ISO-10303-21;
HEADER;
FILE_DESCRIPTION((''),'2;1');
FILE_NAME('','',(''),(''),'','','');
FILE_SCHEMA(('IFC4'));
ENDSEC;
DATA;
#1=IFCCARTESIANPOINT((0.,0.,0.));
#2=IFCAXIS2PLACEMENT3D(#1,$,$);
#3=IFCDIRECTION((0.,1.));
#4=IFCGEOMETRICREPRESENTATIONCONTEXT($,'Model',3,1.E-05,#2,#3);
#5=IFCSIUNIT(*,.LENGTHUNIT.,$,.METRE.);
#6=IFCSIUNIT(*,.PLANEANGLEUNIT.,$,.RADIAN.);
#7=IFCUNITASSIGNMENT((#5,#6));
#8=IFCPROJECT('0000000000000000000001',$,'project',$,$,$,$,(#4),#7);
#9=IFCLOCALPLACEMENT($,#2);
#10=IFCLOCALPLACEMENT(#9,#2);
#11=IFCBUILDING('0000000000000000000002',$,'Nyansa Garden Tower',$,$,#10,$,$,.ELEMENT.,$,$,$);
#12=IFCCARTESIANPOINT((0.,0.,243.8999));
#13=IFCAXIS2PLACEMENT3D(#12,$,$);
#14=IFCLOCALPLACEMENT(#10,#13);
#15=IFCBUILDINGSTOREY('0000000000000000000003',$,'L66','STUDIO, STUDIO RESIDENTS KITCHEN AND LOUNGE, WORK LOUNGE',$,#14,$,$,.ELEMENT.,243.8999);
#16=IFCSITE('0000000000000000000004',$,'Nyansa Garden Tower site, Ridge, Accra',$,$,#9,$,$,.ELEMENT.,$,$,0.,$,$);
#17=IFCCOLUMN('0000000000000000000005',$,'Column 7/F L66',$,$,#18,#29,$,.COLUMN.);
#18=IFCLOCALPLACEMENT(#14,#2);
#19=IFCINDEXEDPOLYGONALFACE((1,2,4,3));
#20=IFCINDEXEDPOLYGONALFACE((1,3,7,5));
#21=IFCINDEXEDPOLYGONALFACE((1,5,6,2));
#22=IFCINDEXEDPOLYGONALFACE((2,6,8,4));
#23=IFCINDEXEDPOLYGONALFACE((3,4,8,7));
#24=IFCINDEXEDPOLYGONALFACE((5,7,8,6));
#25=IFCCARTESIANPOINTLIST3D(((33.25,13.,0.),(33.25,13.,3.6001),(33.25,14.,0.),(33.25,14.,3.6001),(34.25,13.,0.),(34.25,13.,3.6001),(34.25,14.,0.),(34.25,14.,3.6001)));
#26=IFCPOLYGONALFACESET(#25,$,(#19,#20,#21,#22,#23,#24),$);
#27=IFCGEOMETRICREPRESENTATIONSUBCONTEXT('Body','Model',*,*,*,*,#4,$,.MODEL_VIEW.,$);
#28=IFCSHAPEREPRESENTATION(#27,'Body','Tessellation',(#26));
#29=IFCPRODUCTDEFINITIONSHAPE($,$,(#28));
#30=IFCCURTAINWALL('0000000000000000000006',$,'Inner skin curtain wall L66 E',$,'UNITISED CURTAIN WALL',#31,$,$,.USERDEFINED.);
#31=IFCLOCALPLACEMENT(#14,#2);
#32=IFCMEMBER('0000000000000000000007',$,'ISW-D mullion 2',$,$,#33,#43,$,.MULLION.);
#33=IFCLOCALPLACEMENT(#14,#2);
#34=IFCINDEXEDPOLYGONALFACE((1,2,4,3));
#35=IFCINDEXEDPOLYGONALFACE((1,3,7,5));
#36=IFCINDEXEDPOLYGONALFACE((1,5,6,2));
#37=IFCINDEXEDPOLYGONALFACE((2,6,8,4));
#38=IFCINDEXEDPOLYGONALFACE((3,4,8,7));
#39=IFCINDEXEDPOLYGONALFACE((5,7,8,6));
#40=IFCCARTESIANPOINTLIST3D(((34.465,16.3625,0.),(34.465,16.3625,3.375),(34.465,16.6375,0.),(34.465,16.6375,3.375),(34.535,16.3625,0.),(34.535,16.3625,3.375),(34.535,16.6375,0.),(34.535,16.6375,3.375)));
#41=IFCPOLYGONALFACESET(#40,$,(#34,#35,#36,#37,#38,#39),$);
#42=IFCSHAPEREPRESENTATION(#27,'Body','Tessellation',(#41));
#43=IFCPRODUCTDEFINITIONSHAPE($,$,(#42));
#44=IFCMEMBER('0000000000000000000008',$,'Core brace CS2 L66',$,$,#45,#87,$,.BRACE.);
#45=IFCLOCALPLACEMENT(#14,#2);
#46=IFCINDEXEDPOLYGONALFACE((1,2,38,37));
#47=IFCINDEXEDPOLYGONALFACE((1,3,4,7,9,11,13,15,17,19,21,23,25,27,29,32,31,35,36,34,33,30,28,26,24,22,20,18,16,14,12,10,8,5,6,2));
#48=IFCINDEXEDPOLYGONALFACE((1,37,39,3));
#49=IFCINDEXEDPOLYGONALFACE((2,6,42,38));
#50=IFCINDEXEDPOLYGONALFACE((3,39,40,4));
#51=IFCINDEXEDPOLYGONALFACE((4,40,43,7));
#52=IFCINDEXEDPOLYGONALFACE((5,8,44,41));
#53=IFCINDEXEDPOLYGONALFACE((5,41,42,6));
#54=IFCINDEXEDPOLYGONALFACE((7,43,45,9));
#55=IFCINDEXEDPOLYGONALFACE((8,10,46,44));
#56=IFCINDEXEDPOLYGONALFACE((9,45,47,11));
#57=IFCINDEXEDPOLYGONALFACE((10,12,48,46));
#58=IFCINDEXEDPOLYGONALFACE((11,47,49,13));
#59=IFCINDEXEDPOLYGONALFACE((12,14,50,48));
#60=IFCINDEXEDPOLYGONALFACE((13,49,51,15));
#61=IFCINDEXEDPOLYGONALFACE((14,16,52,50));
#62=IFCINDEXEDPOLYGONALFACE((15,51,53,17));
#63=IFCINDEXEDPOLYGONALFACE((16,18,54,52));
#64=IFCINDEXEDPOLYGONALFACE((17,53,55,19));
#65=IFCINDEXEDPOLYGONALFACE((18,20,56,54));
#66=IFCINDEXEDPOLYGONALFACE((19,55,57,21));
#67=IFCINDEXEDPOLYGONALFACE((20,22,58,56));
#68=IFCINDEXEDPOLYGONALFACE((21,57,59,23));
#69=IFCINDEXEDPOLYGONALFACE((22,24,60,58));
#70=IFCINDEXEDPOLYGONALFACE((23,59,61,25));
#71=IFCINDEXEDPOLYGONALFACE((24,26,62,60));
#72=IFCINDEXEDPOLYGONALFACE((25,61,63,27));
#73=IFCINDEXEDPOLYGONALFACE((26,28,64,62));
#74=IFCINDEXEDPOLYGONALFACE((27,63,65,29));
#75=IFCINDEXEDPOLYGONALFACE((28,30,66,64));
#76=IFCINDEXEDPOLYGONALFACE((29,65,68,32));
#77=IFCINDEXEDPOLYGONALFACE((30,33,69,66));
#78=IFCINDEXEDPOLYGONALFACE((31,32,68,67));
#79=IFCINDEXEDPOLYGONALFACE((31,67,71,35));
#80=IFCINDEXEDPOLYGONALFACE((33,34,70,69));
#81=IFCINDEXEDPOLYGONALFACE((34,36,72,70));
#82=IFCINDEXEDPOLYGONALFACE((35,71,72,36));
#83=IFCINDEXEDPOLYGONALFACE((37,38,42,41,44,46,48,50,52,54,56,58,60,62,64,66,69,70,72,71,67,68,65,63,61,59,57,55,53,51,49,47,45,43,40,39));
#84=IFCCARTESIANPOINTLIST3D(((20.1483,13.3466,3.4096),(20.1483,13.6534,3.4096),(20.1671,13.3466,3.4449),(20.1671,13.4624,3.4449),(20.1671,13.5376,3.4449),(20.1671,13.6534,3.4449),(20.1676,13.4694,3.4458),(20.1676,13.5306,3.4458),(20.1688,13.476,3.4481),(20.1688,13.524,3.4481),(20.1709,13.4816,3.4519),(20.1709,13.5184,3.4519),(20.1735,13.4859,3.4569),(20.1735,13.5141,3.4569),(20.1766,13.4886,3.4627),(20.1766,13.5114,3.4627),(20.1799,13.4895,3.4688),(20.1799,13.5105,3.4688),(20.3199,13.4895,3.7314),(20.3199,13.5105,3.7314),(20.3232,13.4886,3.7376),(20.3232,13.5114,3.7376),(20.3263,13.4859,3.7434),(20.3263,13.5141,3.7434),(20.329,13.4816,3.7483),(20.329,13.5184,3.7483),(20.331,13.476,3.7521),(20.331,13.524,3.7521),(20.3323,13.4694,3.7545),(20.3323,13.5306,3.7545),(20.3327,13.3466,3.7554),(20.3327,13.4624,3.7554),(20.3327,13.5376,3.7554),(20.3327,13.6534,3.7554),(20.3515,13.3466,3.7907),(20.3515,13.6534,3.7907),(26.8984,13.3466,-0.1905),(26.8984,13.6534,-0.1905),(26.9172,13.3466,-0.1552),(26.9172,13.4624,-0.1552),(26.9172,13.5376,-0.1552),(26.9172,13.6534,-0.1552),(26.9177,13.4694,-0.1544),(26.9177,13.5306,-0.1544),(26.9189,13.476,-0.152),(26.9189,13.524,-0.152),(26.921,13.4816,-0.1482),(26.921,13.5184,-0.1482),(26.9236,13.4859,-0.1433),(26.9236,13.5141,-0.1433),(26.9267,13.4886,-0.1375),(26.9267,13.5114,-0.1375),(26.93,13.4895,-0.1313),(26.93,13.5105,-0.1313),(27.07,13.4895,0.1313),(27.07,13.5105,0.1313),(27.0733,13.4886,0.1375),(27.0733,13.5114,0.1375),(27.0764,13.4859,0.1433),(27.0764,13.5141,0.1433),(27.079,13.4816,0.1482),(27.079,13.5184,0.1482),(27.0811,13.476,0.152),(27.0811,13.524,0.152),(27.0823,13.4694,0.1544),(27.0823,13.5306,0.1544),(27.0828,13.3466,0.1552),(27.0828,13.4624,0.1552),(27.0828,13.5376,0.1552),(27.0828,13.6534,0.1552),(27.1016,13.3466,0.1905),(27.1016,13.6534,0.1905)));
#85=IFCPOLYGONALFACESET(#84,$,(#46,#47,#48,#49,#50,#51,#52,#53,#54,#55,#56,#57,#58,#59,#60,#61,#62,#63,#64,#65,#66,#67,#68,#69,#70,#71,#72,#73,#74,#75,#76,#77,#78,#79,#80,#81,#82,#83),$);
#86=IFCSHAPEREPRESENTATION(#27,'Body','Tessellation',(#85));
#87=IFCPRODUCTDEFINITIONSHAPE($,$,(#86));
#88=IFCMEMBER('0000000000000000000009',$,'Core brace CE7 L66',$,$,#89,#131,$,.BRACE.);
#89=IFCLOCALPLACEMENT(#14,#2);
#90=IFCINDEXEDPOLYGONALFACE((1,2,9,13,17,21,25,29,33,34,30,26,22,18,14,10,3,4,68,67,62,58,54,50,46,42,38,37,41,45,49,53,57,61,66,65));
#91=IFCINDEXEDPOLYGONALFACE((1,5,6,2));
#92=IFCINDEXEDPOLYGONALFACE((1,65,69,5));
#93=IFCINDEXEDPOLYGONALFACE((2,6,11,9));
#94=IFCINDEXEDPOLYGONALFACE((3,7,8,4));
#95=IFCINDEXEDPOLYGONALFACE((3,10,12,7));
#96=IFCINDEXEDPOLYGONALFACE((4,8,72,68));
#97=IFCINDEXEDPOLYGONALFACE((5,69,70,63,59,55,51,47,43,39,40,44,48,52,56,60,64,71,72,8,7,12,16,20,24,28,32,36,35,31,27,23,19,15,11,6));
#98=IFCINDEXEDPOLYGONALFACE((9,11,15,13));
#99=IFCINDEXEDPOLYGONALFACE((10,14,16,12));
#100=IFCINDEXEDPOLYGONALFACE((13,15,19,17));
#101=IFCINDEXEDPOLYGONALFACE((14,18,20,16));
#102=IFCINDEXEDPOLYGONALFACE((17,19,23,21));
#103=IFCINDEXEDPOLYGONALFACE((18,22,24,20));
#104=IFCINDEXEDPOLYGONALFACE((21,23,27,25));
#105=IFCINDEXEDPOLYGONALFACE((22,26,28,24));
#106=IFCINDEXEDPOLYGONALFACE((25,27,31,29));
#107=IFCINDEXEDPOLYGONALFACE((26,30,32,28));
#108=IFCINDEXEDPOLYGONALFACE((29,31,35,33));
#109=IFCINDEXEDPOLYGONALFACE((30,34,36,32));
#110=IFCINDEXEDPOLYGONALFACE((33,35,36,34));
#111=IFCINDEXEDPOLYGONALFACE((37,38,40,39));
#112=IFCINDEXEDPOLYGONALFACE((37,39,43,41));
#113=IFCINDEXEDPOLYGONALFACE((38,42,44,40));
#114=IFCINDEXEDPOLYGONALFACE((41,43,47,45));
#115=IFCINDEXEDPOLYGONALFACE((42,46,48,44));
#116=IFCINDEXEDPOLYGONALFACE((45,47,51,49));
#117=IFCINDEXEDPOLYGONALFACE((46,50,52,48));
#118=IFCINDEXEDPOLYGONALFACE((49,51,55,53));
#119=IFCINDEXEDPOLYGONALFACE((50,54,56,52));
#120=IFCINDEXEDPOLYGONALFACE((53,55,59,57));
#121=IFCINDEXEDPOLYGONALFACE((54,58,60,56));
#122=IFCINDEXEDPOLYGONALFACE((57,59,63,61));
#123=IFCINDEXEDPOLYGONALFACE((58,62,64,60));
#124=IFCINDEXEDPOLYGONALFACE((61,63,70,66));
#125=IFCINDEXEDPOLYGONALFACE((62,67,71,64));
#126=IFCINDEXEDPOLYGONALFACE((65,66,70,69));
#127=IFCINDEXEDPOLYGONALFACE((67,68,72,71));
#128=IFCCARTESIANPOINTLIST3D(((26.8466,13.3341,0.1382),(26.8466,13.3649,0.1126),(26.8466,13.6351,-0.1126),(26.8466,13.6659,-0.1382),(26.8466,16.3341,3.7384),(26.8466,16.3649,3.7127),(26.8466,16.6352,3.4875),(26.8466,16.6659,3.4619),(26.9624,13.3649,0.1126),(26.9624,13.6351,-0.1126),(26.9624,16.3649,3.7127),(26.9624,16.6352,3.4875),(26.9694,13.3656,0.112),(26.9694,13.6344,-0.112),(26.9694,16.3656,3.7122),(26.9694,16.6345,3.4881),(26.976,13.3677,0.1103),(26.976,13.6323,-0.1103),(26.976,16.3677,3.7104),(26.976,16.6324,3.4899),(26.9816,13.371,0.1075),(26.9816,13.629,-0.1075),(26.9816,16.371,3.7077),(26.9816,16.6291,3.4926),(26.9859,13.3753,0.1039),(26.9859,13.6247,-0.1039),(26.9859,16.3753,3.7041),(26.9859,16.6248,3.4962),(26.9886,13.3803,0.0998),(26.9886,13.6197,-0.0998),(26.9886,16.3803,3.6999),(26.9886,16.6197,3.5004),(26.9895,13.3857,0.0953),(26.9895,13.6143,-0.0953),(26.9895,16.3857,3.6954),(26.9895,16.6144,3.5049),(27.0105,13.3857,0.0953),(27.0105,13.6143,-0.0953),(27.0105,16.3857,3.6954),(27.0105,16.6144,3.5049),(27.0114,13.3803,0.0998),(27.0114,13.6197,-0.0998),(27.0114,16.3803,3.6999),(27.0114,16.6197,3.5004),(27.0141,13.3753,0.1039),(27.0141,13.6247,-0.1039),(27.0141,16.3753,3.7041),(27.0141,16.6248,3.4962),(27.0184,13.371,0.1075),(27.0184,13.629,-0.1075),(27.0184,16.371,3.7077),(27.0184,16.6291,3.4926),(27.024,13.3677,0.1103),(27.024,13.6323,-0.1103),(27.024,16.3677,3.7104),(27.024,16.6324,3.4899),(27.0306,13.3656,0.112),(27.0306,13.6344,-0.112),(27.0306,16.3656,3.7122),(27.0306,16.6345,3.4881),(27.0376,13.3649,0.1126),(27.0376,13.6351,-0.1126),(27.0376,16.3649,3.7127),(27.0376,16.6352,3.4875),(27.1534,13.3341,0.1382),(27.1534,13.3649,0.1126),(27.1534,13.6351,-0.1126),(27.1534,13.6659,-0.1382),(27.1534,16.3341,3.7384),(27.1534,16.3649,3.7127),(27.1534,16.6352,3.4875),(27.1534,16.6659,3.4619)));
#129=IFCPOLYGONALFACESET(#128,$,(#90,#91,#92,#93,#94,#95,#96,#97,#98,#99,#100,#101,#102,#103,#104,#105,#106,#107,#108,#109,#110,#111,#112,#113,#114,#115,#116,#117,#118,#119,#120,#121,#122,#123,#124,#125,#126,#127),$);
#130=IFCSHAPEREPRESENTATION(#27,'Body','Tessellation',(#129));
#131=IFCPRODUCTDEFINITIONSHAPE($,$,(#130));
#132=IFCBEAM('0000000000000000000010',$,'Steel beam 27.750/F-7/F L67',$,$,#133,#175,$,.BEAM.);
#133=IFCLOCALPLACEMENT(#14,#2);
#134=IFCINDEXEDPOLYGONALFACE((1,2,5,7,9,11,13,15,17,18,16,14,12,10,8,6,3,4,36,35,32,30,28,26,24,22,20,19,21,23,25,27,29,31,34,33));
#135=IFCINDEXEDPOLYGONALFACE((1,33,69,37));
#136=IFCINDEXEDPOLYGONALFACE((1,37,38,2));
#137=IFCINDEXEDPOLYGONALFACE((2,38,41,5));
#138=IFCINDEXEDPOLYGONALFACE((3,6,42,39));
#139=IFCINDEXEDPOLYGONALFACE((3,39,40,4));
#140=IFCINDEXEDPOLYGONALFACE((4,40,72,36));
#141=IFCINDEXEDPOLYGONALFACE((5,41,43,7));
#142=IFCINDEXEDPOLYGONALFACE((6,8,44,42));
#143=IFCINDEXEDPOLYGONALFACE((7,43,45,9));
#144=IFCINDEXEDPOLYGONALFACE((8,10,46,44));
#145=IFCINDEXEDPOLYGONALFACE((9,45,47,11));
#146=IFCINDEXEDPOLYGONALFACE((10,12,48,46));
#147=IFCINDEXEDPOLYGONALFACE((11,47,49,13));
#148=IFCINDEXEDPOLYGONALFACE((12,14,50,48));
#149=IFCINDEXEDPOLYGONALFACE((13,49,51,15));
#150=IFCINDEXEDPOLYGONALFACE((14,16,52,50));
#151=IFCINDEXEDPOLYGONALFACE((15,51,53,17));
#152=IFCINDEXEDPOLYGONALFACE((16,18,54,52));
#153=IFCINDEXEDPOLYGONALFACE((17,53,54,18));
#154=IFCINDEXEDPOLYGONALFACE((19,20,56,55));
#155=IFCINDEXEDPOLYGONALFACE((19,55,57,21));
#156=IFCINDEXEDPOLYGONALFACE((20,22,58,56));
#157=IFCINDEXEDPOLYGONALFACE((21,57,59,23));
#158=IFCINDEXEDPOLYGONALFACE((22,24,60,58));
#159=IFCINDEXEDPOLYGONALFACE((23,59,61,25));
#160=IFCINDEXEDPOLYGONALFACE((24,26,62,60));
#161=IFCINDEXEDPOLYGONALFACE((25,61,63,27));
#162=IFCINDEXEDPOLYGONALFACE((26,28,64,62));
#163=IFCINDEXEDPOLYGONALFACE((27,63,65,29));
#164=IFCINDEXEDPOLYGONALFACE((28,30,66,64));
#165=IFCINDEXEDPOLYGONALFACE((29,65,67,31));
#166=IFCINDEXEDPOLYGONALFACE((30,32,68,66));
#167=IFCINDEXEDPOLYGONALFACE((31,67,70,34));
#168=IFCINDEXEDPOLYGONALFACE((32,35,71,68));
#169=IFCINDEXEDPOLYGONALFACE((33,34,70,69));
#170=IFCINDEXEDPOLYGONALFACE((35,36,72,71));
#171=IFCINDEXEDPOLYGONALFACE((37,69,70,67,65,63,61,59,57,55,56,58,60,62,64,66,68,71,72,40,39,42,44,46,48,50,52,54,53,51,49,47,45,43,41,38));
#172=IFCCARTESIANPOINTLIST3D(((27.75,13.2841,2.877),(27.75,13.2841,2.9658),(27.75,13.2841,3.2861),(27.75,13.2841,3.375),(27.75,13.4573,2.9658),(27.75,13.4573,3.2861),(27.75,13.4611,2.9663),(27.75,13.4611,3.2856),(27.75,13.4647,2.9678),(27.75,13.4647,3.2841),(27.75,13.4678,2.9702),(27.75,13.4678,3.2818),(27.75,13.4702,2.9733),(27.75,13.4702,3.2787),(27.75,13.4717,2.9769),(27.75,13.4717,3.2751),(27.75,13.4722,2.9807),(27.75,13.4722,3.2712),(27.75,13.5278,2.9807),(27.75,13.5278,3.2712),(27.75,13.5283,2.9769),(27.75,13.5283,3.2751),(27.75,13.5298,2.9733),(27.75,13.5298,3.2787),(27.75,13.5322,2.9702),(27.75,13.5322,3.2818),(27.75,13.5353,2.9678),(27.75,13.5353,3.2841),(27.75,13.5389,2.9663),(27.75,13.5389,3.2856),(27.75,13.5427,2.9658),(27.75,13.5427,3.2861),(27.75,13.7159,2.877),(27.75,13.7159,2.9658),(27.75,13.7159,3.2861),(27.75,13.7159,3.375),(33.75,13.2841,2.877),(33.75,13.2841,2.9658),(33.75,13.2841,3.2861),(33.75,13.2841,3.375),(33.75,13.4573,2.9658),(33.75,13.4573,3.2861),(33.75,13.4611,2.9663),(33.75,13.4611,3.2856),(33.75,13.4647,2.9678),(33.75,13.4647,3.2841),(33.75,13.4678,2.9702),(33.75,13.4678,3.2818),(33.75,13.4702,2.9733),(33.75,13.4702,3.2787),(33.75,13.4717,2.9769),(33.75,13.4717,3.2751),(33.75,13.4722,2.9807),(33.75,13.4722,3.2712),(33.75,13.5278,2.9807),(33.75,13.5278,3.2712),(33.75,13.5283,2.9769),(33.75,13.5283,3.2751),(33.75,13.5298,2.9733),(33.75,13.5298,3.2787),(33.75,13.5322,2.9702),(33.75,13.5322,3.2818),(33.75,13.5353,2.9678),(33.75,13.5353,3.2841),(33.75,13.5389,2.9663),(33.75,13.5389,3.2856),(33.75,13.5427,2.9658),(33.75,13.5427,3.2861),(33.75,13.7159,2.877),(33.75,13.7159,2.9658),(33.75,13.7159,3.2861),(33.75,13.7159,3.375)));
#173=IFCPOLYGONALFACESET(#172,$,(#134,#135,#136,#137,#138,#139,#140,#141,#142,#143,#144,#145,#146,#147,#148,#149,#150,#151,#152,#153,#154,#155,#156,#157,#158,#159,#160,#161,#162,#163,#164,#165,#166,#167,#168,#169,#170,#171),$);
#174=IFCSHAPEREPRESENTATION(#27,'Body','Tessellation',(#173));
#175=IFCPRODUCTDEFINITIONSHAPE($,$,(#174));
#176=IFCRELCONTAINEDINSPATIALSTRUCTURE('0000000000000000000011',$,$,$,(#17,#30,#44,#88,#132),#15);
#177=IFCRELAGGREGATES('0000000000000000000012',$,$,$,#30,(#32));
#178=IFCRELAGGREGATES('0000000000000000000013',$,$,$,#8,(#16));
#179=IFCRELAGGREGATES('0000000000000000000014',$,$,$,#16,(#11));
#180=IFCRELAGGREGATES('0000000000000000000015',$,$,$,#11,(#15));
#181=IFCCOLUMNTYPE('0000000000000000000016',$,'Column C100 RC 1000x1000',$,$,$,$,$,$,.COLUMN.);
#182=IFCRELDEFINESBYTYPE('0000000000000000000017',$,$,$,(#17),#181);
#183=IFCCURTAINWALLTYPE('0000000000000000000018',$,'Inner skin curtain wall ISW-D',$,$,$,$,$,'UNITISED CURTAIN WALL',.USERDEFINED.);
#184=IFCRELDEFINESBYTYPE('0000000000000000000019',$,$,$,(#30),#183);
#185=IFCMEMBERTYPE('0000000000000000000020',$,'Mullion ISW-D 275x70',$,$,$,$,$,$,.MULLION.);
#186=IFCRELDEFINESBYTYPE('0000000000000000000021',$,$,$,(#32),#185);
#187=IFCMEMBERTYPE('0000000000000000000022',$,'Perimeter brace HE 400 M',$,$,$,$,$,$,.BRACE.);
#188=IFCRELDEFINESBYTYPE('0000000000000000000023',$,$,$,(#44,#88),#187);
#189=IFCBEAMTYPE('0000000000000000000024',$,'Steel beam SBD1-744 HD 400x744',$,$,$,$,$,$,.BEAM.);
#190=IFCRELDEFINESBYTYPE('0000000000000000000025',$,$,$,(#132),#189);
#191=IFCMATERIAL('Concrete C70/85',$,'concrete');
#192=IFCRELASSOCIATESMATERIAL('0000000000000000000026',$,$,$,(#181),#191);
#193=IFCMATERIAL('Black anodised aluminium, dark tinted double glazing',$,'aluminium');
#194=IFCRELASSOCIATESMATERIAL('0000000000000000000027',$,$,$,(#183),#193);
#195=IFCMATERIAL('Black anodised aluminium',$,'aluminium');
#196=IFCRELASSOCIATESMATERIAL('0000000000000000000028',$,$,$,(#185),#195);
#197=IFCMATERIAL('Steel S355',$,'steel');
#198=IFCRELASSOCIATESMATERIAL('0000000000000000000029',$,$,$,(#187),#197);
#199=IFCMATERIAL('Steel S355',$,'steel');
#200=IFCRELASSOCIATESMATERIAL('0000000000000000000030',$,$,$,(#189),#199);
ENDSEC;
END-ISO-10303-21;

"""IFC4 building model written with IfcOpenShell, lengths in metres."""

from ifc_helpers import new_model, si_unit, direction, frame, origin, origin_2d, place, context, subcontext, project, spatial, rectangle, i_section, extrude, material, material_profile, profile_set, type_object, element, aggregate, save


model = new_model("IFC4")

# Units and contexts
model_context = context("Model", 3, precision=1e-05, world=origin(), true_north=direction((0.0, 1.0)))
body_context = subcontext(model_context, "Body", "Model", "MODEL_VIEW")
ifc_project = project(units=[si_unit("LENGTHUNIT", "METRE"), si_unit("PLANEANGLEUNIT", "RADIAN")], contexts=[model_context])

# Site, building, storey
site_placement = place(None, origin())
site = spatial("IfcSite", under=ifc_project, at=site_placement, Name="Nyansa Garden Tower site, Ridge, Accra", CompositionType="ELEMENT", RefElevation=0.0)
building_placement = place(site_placement, origin())
building = spatial("IfcBuilding", under=site, at=building_placement, Name="Nyansa Garden Tower", CompositionType="ELEMENT")
storey_placement = place(building_placement, frame((0.0, 0.0, 243.8999)))
storey = spatial("IfcBuildingStorey", under=building, at=storey_placement, Name="L66", Description="STUDIO, STUDIO RESIDENTS KITCHEN AND LOUNGE, WORK LOUNGE", CompositionType="ELEMENT", Elevation=243.8999)

# Column
ifc_material_1 = material(Name="Concrete C70/85", Category="concrete")
ifc_material_profile_1 = material_profile(ifc_material_1, rectangle(XDim=1.0, YDim=1.0, at=origin_2d()), Name="RC 1000x1000")
ifc_profile_set_1 = profile_set([ifc_material_profile_1], Name="Concrete C70/85")
column_type = type_object("IfcColumnType", Name="Column C100 RC 1000x1000", PredefinedType="COLUMN", material=ifc_profile_set_1)
column_placement = place(storey_placement, frame((33.75, 13.5, 0.0), z_axis=(0.0, 0.0, 1.0), x_axis=(1.0, 0.0, 0.0)))
element("IfcColumn", 1, at=column_placement, inside=storey, type_object=column_type, Name="Column 7/F L66", PredefinedType="COLUMN", context=body_context, shape_type="SweptSolid", body=[
    extrude(rectangle(XDim=1.0, YDim=1.0, at=origin_2d()), origin(), (0.0, 0.0, 1.0), 3.6001),
])

# Curtain wall, member
ifc_material_2 = material(Name="Black anodised aluminium, dark tinted double glazing", Category="aluminium")
curtain_wall_type = type_object("IfcCurtainWallType", Name="Inner skin curtain wall ISW-D", ElementType="UNITISED CURTAIN WALL", PredefinedType="USERDEFINED", material=ifc_material_2)
curtain_wall_placement = place(storey_placement, origin())
curtain_wall = element("IfcCurtainWall", 2, at=curtain_wall_placement, inside=storey, type_object=curtain_wall_type, Name="Inner skin curtain wall L66 E", ObjectType="UNITISED CURTAIN WALL", PredefinedType="USERDEFINED")
ifc_material_3 = material(Name="Black anodised aluminium", Category="aluminium")
ifc_material_profile_2 = material_profile(ifc_material_3, rectangle(XDim=0.0701, YDim=0.2749, at=origin_2d()), Name="Mullion 275x70")
ifc_profile_set_2 = profile_set([ifc_material_profile_2], Name="Black anodised aluminium")
member_type_1 = type_object("IfcMemberType", Name="Mullion ISW-D 275x70", PredefinedType="MULLION", material=ifc_profile_set_2)
member_1_placement = place(storey_placement, frame((34.5, 16.5, 0.0), z_axis=(0.0, 0.0, 1.0), x_axis=(-1.0, 0.0, 0.0)))
member_1 = element("IfcMember", 3, at=member_1_placement, type_object=member_type_1, Name="ISW-D mullion 2", PredefinedType="MULLION", context=body_context, shape_type="SweptSolid", body=[
    extrude(rectangle(XDim=0.0701, YDim=0.2749, at=origin_2d()), origin(), (0.0, 0.0, 1.0), 3.375),
])

# Members
ifc_material_4 = material(Name="Steel S355", Category="steel")
ifc_material_profile_3 = material_profile(ifc_material_4, i_section(OverallWidth=0.3069, OverallDepth=0.4319, WebThickness=0.021, FlangeThickness=0.04, FilletRadius=0.0271, at=origin_2d()), Name="HE 400 M")
ifc_profile_set_3 = profile_set([ifc_material_profile_3], Name="Steel S355")
member_type_2 = type_object("IfcMemberType", Name="Perimeter brace HE 400 M", PredefinedType="BRACE", material=ifc_profile_set_3)
member_2_placement = place(storey_placement, frame((27.0, 13.5, 0.0), z_axis=(-0.882348, 0.0, 0.470598), x_axis=(0.0, -1.0, 0.0)))
element("IfcMember", 4, at=member_2_placement, inside=storey, type_object=member_type_2, Name="Core brace CS2 L66", PredefinedType="BRACE", context=body_context, shape_type="SweptSolid", body=[
    extrude(i_section(OverallWidth=0.3069, OverallDepth=0.4319, WebThickness=0.021, FlangeThickness=0.04, FilletRadius=0.0271, at=origin_2d()), origin(), (0.0, 0.0, 1.0), 7.6501),
])
member_3_placement = place(storey_placement, frame((27.0, 13.5, 0.0), z_axis=(0.0, 0.640174, 0.76823), x_axis=(-1.0, 0.0, 0.0)))
element("IfcMember", 5, at=member_3_placement, inside=storey, type_object=member_type_2, Name="Core brace CE7 L66", PredefinedType="BRACE", context=body_context, shape_type="SweptSolid", body=[
    extrude(i_section(OverallWidth=0.3069, OverallDepth=0.4319, WebThickness=0.021, FlangeThickness=0.04, FilletRadius=0.0271, at=origin_2d()), origin(), (0.0, 0.0, 1.0), 4.6863),
])

# Beam
ifc_material_5 = material(Name="Steel S355", Category="steel")
ifc_material_profile_4 = material_profile(ifc_material_5, i_section(OverallWidth=0.4319, OverallDepth=0.498, WebThickness=0.0557, FlangeThickness=0.0889, FilletRadius=0.0149, at=origin_2d()), Name="HD 400x744")
ifc_profile_set_4 = profile_set([ifc_material_profile_4], Name="Steel S355")
beam_type_1 = type_object("IfcBeamType", Name="Steel beam SBD1-744 HD 400x744", PredefinedType="BEAM", material=ifc_profile_set_4)
beam_1_placement = place(storey_placement, frame((27.75, 13.5, 3.126), z_axis=(1.0, 0.0, 0.0), x_axis=(0.0, 1.0, 0.0)))
element("IfcBeam", 6, at=beam_1_placement, inside=storey, type_object=beam_type_1, Name="Steel beam 27.750/F-7/F L67", PredefinedType="BEAM", context=body_context, shape_type="SweptSolid", body=[
    extrude(i_section(OverallWidth=0.4319, OverallDepth=0.498, WebThickness=0.0557, FlangeThickness=0.0889, FilletRadius=0.0149, at=origin_2d()), origin(), (0.0, 0.0, 1.0), 6.0),
])

aggregate(curtain_wall, [member_1])

save(model, "model.ifc")
